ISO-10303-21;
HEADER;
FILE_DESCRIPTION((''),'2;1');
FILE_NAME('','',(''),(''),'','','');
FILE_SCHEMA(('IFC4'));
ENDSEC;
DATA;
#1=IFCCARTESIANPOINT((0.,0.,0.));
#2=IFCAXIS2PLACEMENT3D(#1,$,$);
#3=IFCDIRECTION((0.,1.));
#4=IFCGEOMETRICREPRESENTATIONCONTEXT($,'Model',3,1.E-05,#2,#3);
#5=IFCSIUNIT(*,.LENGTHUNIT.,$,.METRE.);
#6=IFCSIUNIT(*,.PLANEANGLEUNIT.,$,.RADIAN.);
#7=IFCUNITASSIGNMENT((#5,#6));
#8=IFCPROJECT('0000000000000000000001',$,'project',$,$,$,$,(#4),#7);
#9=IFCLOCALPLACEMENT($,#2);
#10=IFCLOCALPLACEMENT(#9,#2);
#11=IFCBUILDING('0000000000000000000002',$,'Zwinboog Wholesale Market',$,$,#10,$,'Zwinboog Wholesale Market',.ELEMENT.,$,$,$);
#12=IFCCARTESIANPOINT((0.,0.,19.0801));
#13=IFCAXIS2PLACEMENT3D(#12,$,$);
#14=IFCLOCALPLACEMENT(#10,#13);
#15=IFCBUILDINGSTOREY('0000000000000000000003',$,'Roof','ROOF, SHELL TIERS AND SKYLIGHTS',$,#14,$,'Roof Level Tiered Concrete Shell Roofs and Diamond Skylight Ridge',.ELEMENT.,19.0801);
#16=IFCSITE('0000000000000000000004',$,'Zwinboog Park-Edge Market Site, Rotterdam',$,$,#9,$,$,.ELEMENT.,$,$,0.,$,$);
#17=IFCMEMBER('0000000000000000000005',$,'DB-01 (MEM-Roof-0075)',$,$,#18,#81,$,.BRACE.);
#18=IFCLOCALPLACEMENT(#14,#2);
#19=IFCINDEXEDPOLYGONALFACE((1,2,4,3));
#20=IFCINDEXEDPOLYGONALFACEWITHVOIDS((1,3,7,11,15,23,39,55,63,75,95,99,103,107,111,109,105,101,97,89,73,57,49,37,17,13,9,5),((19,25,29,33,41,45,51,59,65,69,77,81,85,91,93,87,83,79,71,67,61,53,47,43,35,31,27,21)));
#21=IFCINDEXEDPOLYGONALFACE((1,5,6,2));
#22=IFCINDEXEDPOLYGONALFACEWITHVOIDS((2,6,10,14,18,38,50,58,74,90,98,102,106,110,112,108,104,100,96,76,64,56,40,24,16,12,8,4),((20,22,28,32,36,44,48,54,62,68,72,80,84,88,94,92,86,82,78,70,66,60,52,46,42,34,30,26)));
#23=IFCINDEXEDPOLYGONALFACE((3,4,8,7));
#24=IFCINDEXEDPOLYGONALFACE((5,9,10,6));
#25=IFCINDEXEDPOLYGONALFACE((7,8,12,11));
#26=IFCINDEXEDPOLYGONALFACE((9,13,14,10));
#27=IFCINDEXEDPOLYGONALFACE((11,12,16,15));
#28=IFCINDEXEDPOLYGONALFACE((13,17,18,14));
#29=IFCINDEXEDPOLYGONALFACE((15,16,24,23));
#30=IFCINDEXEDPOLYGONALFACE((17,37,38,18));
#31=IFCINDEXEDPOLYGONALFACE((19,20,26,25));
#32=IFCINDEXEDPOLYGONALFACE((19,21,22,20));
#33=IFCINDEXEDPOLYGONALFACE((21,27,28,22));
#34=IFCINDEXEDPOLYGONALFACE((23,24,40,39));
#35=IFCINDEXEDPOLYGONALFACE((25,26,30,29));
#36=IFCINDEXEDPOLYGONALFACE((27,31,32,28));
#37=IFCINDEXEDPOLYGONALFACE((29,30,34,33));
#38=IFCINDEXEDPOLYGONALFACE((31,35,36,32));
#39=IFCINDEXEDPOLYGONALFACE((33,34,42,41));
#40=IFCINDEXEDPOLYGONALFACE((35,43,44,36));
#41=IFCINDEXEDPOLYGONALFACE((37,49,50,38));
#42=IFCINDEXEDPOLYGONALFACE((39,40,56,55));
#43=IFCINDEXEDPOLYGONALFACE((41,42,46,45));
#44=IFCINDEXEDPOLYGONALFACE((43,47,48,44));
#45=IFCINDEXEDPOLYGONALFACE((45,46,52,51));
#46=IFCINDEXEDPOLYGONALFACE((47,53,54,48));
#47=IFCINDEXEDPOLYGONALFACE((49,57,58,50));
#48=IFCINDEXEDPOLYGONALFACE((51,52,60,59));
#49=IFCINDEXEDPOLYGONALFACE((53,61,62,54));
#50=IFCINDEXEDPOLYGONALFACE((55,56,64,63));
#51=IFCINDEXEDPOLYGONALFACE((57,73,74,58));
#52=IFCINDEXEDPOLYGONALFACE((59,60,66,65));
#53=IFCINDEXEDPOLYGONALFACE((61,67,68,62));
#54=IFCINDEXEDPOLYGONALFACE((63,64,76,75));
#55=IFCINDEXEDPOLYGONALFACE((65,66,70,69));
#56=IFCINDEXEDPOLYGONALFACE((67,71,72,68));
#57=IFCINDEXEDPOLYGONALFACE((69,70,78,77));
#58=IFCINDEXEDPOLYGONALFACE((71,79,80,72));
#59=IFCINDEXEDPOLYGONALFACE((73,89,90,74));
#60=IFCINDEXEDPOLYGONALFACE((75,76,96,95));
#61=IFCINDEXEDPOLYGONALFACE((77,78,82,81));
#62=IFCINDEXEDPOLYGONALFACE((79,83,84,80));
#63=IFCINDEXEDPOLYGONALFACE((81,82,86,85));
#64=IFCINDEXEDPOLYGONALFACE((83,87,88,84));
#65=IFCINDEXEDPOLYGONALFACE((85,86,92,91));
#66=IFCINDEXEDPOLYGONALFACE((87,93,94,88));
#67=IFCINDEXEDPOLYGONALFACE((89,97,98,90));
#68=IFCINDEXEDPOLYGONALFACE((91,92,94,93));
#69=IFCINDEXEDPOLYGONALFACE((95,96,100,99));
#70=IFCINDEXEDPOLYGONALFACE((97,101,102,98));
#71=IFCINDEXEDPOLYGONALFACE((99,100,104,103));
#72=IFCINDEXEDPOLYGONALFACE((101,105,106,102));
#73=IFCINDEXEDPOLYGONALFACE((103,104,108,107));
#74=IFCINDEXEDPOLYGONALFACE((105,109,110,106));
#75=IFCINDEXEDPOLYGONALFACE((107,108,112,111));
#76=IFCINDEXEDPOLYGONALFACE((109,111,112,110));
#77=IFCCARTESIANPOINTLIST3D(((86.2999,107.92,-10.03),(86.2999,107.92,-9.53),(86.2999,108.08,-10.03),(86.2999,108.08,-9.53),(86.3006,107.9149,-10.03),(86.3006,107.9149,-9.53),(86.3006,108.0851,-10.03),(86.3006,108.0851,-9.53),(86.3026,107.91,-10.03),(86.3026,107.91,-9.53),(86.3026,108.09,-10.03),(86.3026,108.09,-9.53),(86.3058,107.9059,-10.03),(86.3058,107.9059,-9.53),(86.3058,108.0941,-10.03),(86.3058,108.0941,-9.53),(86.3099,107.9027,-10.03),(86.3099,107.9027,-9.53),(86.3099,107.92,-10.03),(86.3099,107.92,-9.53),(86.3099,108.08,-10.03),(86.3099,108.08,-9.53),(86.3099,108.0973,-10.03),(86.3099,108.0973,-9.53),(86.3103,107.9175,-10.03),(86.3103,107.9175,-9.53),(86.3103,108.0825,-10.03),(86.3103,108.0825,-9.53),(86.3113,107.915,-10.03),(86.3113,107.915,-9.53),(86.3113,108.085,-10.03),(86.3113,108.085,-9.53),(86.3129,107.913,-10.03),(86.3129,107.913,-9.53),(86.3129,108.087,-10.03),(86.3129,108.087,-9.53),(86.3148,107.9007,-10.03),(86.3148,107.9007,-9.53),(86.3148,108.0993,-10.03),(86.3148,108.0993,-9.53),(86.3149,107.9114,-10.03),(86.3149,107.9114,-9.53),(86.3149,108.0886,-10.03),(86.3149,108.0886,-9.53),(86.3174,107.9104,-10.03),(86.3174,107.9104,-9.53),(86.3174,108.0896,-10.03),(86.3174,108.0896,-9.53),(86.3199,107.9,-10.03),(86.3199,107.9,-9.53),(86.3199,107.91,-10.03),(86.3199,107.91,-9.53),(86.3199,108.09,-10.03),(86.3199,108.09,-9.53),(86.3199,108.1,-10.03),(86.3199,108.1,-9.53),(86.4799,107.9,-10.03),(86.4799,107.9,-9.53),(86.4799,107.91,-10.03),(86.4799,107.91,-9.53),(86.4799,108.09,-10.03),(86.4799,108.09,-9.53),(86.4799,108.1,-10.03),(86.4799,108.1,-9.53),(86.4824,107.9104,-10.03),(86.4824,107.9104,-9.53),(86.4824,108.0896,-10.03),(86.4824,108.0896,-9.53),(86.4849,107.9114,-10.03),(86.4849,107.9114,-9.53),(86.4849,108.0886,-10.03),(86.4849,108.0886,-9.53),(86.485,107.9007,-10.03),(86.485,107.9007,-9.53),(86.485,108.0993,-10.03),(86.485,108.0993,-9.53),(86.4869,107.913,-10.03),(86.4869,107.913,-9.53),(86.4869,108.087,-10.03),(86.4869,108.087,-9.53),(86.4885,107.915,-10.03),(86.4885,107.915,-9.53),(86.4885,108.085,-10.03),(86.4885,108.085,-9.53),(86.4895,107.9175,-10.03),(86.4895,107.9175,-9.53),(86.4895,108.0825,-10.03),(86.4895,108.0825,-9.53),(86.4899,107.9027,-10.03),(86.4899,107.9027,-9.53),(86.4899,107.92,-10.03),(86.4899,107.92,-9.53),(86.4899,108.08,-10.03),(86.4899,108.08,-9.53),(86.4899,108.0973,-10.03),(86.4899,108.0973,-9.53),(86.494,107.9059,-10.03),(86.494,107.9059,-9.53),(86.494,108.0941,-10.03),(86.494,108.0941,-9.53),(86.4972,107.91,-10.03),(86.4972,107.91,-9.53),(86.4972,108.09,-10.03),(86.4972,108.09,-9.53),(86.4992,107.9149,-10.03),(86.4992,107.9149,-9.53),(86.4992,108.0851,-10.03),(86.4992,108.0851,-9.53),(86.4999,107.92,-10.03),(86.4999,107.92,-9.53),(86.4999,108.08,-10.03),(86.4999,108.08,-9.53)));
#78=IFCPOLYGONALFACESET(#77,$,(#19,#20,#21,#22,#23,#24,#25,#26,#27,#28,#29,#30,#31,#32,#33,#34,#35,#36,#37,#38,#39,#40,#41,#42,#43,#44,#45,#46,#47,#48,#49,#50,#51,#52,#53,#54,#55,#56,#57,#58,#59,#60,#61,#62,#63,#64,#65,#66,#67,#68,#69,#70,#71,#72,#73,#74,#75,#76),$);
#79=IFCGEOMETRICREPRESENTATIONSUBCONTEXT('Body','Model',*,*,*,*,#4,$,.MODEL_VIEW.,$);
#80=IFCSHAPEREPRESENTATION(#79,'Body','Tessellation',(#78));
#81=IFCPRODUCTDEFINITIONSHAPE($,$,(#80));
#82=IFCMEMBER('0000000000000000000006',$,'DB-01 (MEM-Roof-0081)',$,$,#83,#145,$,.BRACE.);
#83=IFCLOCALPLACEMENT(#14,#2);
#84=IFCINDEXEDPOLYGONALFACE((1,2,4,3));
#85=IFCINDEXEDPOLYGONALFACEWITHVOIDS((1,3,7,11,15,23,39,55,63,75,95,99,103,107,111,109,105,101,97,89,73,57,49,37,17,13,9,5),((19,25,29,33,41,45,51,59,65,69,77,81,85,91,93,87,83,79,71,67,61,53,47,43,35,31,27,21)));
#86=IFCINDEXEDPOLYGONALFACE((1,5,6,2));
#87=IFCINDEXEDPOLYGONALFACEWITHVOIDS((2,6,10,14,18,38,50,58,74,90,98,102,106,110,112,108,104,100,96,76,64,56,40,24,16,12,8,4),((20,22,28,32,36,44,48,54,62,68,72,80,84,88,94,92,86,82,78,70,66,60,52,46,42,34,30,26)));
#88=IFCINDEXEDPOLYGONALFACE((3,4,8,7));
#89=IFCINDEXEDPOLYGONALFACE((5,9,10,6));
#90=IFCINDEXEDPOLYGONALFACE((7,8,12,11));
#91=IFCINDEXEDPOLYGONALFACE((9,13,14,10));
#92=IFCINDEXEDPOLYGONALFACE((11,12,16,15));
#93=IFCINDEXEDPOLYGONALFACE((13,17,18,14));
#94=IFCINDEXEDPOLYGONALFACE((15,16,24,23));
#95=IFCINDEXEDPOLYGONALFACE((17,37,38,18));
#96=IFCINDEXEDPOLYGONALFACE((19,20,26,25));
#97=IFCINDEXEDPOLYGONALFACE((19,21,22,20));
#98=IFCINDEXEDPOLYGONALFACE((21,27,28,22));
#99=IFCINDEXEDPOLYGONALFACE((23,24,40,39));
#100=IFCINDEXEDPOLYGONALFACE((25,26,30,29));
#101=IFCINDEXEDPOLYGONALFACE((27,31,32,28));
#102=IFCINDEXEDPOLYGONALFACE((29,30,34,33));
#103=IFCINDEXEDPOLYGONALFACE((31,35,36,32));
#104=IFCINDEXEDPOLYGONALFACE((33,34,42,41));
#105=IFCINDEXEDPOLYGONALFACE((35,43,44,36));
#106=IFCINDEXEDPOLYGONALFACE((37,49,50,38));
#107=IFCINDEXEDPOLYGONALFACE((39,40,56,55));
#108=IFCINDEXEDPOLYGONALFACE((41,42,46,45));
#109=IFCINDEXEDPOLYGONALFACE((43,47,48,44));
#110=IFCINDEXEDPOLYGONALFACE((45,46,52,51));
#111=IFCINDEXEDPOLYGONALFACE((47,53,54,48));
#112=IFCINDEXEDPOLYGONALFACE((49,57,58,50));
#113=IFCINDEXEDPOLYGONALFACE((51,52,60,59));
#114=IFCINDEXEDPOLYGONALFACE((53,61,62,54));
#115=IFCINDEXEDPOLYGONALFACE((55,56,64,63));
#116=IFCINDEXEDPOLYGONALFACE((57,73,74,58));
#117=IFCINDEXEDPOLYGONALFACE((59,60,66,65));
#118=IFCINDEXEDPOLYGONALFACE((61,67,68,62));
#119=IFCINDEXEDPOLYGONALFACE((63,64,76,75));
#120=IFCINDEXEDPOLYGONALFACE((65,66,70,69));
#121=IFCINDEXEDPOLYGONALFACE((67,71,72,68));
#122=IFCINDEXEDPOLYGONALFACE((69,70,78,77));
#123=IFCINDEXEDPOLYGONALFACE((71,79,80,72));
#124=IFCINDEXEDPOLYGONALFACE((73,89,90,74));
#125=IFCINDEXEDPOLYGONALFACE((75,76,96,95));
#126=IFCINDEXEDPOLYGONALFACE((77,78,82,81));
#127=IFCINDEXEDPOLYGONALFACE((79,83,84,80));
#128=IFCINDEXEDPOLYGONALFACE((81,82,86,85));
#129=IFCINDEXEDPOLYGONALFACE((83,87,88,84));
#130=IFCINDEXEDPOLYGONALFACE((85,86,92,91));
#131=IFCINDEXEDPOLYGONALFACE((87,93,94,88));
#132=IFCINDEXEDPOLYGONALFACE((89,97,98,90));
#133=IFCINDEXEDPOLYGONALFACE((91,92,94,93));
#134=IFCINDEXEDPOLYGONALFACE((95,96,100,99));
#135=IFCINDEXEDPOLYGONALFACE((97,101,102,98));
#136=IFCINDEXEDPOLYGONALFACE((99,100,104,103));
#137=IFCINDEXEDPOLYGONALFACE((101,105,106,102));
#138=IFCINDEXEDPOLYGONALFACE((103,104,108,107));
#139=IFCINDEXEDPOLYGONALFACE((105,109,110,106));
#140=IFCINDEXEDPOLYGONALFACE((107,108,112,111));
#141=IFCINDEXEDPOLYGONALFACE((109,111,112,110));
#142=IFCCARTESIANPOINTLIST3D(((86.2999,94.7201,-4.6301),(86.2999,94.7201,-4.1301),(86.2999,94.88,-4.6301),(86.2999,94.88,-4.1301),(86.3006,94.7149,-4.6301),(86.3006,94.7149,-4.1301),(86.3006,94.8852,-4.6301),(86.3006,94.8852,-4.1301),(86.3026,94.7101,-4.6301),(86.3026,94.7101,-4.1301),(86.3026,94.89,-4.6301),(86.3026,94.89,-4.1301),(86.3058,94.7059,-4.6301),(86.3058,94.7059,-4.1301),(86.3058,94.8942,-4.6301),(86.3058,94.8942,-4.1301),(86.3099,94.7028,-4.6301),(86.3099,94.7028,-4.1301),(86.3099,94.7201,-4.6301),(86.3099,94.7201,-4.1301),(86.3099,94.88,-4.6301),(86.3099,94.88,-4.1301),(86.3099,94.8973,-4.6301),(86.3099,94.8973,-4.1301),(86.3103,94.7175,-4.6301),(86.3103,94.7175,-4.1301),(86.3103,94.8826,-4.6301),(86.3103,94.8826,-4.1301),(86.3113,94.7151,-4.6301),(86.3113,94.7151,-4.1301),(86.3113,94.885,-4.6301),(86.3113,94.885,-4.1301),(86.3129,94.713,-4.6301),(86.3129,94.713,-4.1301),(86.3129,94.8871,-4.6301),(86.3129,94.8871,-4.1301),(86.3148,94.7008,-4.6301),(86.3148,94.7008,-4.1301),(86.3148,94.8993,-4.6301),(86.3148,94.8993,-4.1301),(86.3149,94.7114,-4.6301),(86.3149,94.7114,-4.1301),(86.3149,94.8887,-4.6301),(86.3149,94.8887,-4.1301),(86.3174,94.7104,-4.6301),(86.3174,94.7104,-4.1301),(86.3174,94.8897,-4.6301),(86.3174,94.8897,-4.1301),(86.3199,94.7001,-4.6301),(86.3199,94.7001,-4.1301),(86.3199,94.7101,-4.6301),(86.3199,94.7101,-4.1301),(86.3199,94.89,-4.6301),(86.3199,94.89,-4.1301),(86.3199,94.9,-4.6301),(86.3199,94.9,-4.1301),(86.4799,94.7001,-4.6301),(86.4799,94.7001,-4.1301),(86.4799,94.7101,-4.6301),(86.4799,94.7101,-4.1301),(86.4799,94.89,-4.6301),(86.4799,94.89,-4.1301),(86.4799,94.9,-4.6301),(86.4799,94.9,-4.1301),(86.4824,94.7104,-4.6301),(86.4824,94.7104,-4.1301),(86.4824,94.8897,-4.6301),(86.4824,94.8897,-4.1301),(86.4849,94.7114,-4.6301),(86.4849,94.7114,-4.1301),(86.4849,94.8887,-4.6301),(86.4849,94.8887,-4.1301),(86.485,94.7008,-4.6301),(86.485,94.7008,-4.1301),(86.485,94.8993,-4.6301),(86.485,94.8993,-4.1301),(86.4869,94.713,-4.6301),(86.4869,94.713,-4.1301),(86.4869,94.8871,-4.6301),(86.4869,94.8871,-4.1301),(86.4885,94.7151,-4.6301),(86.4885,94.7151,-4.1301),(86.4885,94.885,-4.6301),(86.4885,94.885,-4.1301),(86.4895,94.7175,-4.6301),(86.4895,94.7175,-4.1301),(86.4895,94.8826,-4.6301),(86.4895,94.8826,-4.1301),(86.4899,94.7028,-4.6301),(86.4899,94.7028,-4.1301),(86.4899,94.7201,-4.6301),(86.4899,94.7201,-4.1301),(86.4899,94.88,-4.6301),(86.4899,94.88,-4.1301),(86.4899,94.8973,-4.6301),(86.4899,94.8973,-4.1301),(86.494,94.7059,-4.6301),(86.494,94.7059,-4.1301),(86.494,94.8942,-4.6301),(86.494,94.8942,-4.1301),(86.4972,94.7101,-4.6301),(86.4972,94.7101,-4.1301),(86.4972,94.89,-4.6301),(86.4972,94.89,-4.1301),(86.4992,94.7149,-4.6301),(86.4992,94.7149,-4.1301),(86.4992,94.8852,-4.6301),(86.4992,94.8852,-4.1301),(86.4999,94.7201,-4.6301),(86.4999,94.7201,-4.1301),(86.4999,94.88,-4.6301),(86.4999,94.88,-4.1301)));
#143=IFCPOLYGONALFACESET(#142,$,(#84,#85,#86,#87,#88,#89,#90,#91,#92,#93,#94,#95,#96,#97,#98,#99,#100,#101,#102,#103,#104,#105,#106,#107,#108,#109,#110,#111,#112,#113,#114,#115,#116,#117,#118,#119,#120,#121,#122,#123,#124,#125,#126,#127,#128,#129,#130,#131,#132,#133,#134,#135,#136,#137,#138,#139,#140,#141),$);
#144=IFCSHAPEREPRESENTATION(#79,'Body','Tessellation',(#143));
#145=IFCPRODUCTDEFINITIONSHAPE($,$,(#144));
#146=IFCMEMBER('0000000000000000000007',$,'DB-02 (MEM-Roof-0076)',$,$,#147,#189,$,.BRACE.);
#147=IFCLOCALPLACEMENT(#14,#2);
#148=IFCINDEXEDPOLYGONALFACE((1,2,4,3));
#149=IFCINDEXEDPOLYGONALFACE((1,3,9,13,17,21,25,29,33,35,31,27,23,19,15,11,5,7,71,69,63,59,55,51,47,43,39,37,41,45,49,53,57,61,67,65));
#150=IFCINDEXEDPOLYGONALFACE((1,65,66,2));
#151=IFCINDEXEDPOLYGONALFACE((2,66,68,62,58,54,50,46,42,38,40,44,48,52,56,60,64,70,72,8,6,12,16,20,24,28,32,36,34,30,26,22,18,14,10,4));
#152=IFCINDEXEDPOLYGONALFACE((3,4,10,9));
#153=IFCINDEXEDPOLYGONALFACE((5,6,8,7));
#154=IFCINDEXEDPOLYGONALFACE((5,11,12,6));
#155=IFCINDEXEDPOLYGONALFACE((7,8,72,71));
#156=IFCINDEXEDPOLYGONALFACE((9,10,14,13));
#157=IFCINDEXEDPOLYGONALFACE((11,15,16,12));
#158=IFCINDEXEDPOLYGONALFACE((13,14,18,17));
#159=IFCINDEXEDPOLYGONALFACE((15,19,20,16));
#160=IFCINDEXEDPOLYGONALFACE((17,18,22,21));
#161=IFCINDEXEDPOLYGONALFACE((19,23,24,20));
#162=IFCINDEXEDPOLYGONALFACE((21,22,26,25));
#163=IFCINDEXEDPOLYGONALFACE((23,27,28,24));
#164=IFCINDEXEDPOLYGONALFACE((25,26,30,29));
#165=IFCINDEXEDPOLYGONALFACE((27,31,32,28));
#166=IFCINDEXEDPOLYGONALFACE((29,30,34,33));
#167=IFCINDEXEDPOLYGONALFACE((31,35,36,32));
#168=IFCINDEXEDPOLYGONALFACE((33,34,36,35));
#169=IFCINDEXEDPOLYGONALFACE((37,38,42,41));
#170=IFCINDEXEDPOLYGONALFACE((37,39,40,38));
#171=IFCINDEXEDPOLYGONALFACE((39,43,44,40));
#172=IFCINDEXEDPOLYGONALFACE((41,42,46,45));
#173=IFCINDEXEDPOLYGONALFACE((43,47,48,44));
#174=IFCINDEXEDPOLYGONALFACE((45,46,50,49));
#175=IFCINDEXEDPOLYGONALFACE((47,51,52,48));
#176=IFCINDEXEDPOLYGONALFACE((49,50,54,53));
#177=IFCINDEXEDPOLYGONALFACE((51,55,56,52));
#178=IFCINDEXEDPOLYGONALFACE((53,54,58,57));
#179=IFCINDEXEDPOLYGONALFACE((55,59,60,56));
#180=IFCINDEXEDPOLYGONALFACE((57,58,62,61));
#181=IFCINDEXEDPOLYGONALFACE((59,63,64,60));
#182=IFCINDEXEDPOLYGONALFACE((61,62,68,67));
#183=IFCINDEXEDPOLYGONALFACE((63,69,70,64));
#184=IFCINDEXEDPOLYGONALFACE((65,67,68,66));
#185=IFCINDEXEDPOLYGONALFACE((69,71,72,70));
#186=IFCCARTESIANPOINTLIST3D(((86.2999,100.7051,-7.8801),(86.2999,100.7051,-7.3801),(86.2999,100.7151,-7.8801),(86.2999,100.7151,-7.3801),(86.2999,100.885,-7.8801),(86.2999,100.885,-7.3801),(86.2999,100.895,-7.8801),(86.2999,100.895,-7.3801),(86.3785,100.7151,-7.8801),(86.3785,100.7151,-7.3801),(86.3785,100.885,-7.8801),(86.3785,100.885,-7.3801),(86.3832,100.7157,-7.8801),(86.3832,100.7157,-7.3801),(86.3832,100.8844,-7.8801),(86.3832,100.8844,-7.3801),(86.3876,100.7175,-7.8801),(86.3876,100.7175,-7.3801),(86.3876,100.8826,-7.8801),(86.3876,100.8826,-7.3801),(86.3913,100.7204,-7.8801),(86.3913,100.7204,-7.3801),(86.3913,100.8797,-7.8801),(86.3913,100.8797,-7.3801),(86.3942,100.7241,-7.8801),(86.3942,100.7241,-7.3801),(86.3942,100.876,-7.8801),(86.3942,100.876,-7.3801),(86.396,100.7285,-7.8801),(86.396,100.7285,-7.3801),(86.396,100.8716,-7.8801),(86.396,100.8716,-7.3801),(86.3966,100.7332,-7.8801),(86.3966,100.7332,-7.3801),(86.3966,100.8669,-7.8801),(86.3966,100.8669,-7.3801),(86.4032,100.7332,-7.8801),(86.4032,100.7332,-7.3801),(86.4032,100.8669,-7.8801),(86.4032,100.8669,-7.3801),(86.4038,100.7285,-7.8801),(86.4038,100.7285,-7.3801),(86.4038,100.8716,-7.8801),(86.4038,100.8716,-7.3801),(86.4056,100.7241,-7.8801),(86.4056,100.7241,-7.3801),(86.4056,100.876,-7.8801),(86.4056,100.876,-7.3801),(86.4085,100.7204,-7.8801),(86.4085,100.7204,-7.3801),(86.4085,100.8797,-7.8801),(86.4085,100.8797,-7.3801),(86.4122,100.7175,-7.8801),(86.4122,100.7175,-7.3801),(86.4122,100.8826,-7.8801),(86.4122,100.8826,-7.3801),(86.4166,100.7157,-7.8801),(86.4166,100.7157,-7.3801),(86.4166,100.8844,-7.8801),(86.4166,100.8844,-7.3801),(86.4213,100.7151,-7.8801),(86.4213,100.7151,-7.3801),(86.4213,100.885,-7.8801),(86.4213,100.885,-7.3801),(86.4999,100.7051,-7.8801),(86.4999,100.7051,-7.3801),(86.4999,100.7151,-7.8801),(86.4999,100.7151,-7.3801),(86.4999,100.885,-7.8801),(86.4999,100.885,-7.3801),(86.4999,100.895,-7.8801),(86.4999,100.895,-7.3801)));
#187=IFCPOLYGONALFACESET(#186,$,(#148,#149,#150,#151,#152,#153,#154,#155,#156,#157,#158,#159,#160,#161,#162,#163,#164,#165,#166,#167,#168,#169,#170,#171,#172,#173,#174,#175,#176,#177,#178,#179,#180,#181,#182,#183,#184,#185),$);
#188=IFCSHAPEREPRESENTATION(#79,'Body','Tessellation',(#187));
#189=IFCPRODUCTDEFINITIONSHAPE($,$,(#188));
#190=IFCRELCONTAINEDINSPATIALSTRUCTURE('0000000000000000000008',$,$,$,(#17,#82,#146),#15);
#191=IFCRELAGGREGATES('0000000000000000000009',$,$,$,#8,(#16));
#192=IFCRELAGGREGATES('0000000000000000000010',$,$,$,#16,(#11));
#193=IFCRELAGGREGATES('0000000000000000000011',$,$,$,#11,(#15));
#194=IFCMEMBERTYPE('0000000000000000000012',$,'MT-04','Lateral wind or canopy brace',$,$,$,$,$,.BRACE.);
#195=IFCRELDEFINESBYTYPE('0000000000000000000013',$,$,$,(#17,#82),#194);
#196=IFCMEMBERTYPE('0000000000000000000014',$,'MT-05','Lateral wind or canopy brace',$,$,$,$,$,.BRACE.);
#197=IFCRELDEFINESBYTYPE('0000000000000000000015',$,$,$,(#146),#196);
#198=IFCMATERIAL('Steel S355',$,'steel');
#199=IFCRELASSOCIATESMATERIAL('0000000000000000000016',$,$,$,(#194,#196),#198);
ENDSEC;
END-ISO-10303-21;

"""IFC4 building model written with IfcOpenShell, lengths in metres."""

from ifc_helpers import new_model, si_unit, direction, frame, origin, origin_2d, place, context, subcontext, project, spatial, hollow_rectangle, i_section, extrude, material, material_profile, profile_set, type_object, element, save


model = new_model("IFC4")

# Units and contexts
model_context = context("Model", 3, precision=1e-05, world=origin(), true_north=direction((0.0, 1.0)))
body_context = subcontext(model_context, "Body", "Model", "MODEL_VIEW")
ifc_project = project(units=[si_unit("LENGTHUNIT", "METRE"), si_unit("PLANEANGLEUNIT", "RADIAN")], contexts=[model_context])

# Site, building, storey
site_placement = place(None, origin())
site = spatial("IfcSite", under=ifc_project, at=site_placement, Name="Zwinboog Park-Edge Market Site, Rotterdam", CompositionType="ELEMENT", RefElevation=0.0)
building_placement = place(site_placement, origin())
building = spatial("IfcBuilding", under=site, at=building_placement, Name="Zwinboog Wholesale Market", LongName="Zwinboog Wholesale Market", CompositionType="ELEMENT")
storey_placement = place(building_placement, frame((0.0, 0.0, 19.0801)))
storey = spatial("IfcBuildingStorey", under=building, at=storey_placement, Name="Roof", Description="ROOF, SHELL TIERS AND SKYLIGHTS", LongName="Roof Level Tiered Concrete Shell Roofs and Diamond Skylight Ridge", CompositionType="ELEMENT", Elevation=19.0801)

# Members
ifc_material_1 = material(Name="Steel S355", Category="steel")
ifc_material_profile_1 = material_profile(ifc_material_1, hollow_rectangle(XDim=0.2, YDim=0.2, WallThickness=0.01, InnerFilletRadius=0.01, OuterFilletRadius=0.02, at=origin_2d()), Name="SHS 200x200x10")
ifc_profile_set_1 = profile_set([ifc_material_profile_1], Name="Steel S355")
member_type_1 = type_object("IfcMemberType", Name="MT-04", Description="Lateral wind or canopy brace", PredefinedType="BRACE", material=ifc_profile_set_1)
for number, where, z_axis, x_axis, name in (
    (1, (86.3999, 108.0, -10.03), (0.0, 0.0, 1.0), (1.0, 0.0, 0.0), "DB-01 (MEM-Roof-0075)"),
    (2, (86.3999, 94.8, -4.6301), (0.0, 0.0, 1.0), (1.0, 0.0, 0.0), "DB-01 (MEM-Roof-0081)"),
):
    element("IfcMember", number, at=place(storey_placement, frame(where, z_axis=z_axis, x_axis=x_axis)), inside=storey, type_object=member_type_1, Name=name, PredefinedType="BRACE", context=body_context, shape_type="SweptSolid", body=[
        extrude(hollow_rectangle(XDim=0.2, YDim=0.2, WallThickness=0.01, InnerFilletRadius=0.01, OuterFilletRadius=0.02, at=origin_2d()), origin(), (0.0, 0.0, 1.0), 0.5),
    ])
ifc_material_profile_2 = material_profile(ifc_material_1, i_section(OverallWidth=0.2, OverallDepth=0.1899, WebThickness=0.0066, FlangeThickness=0.01, FilletRadius=0.0181, at=origin_2d()), Name="HEA 200")
ifc_profile_set_2 = profile_set([ifc_material_profile_2], Name="Steel S355")
member_type_2 = type_object("IfcMemberType", Name="MT-05", Description="Lateral wind or canopy brace", PredefinedType="BRACE", material=ifc_profile_set_2)
for number, where, z_axis, x_axis, name in (
    (3, (86.3999, 100.8, -7.8801), (0.0, 0.0, 1.0), (1.0, 0.0, 0.0), "DB-02 (MEM-Roof-0076)"),
):
    element("IfcMember", number, at=place(storey_placement, frame(where, z_axis=z_axis, x_axis=x_axis)), inside=storey, type_object=member_type_2, Name=name, PredefinedType="BRACE", context=body_context, shape_type="SweptSolid", body=[
        extrude(i_section(OverallWidth=0.2, OverallDepth=0.1899, WebThickness=0.0066, FlangeThickness=0.01, FilletRadius=0.0181, at=origin_2d()), origin(), (0.0, 0.0, 1.0), 0.5),
    ])

save(model, "model.ifc")
